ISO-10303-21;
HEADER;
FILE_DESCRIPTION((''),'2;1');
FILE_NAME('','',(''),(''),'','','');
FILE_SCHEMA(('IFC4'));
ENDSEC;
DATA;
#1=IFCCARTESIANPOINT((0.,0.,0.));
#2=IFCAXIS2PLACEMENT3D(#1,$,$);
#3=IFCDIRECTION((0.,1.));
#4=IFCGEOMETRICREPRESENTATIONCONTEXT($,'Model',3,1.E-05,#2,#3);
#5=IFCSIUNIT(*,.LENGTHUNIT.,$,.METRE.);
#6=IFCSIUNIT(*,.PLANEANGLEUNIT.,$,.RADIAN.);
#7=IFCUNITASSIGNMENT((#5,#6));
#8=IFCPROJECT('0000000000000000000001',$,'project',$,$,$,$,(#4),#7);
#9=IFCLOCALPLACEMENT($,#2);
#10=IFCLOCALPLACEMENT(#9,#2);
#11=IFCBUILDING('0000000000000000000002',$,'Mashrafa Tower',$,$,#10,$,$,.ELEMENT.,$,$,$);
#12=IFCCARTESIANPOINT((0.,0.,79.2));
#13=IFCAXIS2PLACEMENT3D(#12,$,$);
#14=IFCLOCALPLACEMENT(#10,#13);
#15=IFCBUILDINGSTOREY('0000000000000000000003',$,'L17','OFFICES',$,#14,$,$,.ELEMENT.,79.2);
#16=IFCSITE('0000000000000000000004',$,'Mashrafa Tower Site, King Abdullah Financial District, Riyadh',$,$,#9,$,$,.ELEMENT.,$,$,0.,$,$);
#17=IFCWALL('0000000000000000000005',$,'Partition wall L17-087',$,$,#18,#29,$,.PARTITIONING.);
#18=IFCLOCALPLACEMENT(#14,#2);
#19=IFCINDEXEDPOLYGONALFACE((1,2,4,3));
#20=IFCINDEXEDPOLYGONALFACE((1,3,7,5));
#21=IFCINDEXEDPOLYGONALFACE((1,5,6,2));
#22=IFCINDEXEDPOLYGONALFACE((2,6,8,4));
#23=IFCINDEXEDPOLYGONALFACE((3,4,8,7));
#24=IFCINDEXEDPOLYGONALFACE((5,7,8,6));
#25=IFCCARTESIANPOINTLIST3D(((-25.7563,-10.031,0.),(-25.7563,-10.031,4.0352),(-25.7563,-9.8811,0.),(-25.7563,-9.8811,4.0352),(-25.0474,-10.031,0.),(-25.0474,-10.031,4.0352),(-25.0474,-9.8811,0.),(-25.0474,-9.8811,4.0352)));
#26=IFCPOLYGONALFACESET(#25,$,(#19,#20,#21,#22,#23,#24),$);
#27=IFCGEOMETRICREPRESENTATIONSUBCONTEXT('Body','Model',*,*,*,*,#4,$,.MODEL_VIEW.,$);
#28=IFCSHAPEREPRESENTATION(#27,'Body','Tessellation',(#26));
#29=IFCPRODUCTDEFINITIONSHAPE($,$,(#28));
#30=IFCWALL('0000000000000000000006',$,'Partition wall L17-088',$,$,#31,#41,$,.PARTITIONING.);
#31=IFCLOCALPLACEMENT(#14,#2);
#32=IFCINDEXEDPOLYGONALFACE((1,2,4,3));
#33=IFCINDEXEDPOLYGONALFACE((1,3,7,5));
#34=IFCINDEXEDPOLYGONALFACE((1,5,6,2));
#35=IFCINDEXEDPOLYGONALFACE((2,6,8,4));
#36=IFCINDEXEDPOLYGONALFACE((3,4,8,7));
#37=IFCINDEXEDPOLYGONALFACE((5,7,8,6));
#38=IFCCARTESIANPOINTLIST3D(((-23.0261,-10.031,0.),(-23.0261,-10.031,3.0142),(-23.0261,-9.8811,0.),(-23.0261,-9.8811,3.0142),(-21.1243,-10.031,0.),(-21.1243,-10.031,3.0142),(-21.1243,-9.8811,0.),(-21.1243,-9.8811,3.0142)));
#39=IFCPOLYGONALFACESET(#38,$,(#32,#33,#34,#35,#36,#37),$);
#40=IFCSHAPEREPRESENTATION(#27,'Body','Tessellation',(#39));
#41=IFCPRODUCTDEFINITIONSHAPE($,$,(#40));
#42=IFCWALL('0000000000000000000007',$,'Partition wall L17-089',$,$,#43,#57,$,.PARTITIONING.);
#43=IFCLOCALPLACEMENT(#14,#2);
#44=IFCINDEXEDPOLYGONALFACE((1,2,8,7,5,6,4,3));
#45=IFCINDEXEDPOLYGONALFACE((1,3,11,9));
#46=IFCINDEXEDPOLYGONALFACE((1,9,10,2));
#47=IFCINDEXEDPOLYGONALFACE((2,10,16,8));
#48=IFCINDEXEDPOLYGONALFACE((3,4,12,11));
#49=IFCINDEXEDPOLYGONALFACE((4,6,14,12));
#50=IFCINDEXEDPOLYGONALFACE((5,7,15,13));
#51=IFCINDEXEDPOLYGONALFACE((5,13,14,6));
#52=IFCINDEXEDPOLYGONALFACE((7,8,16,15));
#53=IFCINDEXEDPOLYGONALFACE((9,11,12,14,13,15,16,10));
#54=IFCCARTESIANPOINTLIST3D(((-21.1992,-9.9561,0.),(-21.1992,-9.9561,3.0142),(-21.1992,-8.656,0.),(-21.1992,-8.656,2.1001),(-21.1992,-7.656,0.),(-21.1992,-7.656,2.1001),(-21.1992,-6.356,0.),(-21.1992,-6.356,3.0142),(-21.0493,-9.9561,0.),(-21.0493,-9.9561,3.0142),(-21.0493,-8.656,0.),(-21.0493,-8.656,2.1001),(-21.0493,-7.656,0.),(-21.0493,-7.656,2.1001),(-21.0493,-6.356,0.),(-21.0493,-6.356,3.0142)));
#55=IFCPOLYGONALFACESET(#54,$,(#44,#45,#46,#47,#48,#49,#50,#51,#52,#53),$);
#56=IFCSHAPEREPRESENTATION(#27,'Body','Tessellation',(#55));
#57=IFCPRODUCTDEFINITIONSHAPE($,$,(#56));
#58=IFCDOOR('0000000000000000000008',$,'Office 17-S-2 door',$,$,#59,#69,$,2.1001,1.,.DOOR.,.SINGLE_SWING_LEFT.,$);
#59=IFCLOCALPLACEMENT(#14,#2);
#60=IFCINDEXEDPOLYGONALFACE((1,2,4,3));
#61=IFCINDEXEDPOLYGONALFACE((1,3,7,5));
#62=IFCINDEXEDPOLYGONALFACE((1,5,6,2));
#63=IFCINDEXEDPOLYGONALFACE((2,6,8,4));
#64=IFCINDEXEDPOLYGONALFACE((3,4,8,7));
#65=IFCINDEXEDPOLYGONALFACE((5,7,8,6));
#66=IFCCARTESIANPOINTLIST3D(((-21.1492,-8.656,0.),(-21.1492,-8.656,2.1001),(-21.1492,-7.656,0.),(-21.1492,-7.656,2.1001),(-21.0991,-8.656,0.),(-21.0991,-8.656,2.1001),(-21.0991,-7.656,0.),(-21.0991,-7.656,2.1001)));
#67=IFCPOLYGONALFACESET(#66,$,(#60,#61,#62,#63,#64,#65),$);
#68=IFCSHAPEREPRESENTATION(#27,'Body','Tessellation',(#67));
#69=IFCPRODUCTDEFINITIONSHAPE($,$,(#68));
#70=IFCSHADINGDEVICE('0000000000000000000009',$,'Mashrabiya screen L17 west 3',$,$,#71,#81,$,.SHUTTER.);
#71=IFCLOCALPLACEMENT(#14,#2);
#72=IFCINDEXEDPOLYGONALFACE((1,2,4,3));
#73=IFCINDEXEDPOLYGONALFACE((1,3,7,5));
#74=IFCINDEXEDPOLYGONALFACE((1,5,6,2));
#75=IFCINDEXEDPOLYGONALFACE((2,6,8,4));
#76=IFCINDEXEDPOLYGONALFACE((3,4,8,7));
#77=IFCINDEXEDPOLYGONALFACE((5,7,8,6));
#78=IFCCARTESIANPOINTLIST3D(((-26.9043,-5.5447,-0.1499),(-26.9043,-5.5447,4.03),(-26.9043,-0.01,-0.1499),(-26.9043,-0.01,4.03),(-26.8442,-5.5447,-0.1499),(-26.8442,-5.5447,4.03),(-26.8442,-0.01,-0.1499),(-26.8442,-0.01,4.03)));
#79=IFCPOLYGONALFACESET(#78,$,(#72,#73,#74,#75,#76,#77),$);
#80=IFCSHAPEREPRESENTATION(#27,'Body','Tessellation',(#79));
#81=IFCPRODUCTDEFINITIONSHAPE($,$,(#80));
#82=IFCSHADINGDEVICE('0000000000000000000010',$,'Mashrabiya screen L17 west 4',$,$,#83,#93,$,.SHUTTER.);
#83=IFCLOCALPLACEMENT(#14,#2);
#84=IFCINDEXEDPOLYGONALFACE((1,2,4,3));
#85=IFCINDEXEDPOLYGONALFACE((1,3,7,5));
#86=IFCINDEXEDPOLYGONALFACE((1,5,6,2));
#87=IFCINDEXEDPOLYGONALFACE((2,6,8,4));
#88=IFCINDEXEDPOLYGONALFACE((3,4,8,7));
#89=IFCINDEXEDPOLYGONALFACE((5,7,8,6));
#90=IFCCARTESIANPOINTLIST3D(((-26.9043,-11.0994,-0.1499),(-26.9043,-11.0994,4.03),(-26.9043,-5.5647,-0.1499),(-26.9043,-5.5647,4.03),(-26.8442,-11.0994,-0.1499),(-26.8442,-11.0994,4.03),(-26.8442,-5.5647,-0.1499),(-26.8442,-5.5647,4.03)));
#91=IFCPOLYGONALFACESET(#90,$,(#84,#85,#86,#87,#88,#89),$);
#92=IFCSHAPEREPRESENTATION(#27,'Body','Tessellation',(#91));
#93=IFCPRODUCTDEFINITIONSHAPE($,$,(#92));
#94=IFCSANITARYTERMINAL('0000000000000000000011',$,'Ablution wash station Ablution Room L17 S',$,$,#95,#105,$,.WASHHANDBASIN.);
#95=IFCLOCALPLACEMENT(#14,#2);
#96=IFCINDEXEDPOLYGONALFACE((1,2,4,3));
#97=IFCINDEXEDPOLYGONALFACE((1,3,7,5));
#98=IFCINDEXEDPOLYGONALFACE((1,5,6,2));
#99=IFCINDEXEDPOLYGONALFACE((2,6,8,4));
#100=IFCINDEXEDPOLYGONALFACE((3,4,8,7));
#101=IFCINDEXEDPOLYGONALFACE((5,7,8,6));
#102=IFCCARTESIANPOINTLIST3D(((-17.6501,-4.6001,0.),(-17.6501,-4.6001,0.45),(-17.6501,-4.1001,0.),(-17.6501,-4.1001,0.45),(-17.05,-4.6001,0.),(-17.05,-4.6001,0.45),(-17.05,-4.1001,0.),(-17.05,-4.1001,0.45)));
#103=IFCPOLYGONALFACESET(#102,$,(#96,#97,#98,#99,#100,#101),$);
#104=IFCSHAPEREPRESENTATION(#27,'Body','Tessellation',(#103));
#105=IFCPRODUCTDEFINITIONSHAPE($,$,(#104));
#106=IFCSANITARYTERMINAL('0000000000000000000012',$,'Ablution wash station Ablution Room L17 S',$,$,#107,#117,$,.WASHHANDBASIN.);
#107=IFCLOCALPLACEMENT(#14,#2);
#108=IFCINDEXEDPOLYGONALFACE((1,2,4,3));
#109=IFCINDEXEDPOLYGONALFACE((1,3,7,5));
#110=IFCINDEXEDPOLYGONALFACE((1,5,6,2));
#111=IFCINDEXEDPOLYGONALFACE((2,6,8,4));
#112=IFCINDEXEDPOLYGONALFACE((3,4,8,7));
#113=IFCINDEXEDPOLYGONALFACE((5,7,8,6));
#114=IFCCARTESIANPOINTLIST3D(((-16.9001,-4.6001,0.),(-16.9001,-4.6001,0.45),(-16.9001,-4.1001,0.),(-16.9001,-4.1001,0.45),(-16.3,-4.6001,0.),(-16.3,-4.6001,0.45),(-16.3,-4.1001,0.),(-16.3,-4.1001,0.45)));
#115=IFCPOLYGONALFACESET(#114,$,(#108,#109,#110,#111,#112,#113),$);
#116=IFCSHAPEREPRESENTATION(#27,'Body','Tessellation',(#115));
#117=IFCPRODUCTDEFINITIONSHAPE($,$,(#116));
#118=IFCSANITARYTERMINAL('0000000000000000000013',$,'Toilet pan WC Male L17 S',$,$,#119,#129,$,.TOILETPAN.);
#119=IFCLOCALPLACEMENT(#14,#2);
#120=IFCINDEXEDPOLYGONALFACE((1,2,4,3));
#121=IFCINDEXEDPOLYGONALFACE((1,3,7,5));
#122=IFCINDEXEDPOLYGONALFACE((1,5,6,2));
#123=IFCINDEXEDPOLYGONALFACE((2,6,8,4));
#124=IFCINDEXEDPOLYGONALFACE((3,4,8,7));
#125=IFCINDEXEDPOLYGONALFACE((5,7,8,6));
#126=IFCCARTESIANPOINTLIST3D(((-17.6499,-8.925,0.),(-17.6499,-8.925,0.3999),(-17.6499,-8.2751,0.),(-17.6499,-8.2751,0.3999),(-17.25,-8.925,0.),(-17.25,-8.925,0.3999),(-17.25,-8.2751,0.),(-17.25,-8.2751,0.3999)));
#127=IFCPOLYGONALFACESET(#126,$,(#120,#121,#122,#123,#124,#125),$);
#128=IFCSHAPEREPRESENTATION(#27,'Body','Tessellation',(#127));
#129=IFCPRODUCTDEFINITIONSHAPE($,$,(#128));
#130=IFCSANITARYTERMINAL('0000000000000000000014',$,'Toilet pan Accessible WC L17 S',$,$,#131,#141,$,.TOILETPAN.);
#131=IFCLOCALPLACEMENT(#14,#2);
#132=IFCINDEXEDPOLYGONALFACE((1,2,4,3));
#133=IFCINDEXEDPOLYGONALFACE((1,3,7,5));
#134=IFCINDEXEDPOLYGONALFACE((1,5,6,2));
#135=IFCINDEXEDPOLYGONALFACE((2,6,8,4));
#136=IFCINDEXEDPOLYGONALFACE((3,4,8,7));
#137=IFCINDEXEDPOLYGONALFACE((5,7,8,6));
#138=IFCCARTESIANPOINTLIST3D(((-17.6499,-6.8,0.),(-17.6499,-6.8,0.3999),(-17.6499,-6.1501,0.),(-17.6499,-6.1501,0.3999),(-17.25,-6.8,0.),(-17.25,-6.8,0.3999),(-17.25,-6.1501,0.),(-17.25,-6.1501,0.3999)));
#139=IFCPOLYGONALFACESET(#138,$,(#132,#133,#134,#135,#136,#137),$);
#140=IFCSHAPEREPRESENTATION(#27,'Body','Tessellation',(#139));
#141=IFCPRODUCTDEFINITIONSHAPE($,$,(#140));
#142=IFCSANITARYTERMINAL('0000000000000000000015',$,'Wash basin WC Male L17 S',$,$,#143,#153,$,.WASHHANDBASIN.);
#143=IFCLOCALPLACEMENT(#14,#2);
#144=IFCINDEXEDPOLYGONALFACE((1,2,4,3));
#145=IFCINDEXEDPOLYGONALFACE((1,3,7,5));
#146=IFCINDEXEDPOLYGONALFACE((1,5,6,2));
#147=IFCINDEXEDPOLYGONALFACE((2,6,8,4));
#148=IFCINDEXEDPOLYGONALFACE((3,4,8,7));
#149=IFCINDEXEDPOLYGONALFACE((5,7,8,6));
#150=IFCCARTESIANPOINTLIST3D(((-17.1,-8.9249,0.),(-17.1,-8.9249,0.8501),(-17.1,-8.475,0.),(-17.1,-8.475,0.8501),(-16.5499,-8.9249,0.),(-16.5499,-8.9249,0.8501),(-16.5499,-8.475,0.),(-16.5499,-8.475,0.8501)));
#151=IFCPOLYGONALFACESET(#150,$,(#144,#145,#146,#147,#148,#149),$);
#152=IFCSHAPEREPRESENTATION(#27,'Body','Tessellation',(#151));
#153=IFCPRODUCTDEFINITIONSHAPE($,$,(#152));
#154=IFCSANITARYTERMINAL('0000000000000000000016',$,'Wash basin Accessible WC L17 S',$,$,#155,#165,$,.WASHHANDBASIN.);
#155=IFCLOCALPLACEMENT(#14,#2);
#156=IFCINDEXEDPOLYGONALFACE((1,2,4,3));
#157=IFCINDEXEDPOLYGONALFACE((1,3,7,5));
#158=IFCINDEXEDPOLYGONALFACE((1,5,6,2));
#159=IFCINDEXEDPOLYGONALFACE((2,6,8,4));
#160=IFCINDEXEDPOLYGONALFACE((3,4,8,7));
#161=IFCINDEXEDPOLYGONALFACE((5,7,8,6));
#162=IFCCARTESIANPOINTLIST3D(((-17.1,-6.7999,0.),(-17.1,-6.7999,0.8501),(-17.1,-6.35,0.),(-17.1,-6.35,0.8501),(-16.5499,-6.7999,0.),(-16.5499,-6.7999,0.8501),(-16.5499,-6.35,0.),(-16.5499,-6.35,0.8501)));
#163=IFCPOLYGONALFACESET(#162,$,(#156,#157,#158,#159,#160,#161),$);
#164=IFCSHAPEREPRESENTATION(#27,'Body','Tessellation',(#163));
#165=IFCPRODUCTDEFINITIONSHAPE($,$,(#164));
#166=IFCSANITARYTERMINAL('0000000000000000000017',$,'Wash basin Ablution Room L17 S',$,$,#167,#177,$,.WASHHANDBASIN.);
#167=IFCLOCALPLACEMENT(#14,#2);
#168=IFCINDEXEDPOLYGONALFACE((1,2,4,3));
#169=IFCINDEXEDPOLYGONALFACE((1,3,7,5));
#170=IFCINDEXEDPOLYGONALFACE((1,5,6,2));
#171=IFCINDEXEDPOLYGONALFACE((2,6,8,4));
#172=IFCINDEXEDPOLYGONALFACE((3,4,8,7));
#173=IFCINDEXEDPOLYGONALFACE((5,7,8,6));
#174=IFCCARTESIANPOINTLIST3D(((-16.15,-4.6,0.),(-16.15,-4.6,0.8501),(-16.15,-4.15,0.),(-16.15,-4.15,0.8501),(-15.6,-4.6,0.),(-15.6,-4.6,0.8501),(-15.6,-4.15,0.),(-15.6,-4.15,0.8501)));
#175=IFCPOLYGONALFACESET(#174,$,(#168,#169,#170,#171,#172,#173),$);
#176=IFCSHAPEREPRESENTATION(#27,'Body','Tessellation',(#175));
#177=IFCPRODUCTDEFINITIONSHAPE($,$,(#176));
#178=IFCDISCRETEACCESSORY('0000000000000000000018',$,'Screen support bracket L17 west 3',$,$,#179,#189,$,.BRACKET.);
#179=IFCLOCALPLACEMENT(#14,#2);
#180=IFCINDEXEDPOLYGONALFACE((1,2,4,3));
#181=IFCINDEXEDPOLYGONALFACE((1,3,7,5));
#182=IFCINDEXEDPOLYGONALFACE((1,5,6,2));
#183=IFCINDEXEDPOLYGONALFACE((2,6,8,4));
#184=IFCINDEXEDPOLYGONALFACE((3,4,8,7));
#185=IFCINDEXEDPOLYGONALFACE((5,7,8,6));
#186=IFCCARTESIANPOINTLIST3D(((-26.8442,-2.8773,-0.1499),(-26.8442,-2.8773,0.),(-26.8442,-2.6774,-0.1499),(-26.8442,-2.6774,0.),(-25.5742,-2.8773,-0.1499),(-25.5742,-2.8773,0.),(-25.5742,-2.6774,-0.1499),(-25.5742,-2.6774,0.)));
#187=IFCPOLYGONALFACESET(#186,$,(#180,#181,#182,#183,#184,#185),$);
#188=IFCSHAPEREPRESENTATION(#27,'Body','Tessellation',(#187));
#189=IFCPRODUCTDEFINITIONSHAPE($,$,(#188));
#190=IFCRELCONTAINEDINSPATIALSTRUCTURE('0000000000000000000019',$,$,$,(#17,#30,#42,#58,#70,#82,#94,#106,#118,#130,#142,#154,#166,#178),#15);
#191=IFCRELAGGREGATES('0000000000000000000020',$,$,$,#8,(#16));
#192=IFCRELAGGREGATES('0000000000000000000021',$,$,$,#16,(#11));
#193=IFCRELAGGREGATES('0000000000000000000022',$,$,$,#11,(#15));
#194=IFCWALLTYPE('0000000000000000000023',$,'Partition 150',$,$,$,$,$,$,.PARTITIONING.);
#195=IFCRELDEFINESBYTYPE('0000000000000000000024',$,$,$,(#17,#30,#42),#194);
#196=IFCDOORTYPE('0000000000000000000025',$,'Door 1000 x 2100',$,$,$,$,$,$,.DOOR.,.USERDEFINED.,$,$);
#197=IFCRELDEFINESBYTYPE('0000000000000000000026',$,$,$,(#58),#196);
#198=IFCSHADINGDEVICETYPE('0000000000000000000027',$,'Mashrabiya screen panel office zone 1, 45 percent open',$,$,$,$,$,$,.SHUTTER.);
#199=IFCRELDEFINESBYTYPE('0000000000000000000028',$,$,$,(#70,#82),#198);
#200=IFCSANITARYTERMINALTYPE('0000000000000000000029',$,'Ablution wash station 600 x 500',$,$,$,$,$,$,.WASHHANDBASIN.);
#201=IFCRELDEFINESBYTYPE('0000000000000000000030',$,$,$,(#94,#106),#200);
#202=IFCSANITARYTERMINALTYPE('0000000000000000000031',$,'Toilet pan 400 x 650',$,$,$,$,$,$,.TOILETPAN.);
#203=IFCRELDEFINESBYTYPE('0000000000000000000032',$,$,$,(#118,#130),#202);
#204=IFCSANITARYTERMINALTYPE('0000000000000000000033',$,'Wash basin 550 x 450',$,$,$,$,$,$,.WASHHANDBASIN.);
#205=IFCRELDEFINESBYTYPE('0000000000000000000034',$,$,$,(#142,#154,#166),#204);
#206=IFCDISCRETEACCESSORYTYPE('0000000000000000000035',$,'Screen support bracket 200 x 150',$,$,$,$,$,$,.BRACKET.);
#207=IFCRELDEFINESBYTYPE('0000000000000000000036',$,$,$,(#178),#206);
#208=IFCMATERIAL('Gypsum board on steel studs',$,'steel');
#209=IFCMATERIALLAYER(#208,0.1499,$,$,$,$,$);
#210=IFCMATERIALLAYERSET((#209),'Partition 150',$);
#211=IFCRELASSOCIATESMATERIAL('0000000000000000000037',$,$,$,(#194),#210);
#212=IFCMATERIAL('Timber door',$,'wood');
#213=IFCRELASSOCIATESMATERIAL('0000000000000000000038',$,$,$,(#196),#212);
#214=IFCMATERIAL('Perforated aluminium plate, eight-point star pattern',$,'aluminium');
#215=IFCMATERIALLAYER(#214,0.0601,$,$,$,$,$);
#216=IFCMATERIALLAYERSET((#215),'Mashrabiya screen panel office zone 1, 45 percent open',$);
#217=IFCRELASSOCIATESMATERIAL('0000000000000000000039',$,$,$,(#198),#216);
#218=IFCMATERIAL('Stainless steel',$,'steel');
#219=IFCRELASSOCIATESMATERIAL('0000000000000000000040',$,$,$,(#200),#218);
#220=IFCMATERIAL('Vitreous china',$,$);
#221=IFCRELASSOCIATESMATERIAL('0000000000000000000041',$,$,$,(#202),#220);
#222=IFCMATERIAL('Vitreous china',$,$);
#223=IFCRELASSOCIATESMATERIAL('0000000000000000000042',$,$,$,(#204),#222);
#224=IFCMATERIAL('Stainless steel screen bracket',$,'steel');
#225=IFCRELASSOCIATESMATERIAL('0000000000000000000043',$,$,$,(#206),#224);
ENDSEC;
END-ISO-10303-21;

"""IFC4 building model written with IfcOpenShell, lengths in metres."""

from ifc_helpers import new_model, si_unit, direction, frame, frame_2d, origin, origin_2d, place, context, subcontext, project, spatial, rectangle, extrude, source, transform, mapped, material, layer, layer_set, type_object, type_shapes, element, fill, save


model = new_model("IFC4")

# Units and contexts
model_context = context("Model", 3, precision=1e-05, world=origin(), true_north=direction((0.0, 1.0)))
body_context = subcontext(model_context, "Body", "Model", "MODEL_VIEW")
ifc_project = project(units=[si_unit("LENGTHUNIT", "METRE"), si_unit("PLANEANGLEUNIT", "RADIAN")], contexts=[model_context])

# Site, building, storey
site_placement = place(None, origin())
site = spatial("IfcSite", under=ifc_project, at=site_placement, Name="Mashrafa Tower Site, King Abdullah Financial District, Riyadh", CompositionType="ELEMENT", RefElevation=0.0)
building_placement = place(site_placement, origin())
building = spatial("IfcBuilding", under=site, at=building_placement, Name="Mashrafa Tower", CompositionType="ELEMENT")
storey_placement = place(building_placement, frame((0.0, 0.0, 79.2)))
storey = spatial("IfcBuildingStorey", under=building, at=storey_placement, Name="L17", Description="OFFICES", CompositionType="ELEMENT", Elevation=79.2)

# Shared definitions
ifc_material_1 = material(Name="Gypsum board on steel studs", Category="steel")
ifc_layer_1 = layer(ifc_material_1, 0.1499)
ifc_layer_set_1 = layer_set([ifc_layer_1], Name="Partition 150")
wall_type = type_object("IfcWallType", Name="Partition 150", PredefinedType="PARTITIONING", material=ifc_layer_set_1)

# Shared definitions
ifc_material_2 = material(Name="Timber door", Category="wood")
door_type = type_object("IfcDoorType", Name="Door 1000 x 2100", OperationType="USERDEFINED", PredefinedType="DOOR", material=ifc_material_2)

# Walls
wall_1_placement = place(storey_placement, frame((-25.7563, -9.9561, 0.0), z_axis=(0.0, 0.0, 1.0), x_axis=(1.0, 0.0, 0.0)))
element("IfcWall", 1, at=wall_1_placement, inside=storey, type_object=wall_type, Name="Partition wall L17-087", PredefinedType="PARTITIONING", context=body_context, shape_type="SweptSolid", body=[
    extrude(rectangle(XDim=0.709, YDim=0.1499, at=frame_2d((0.3545, 0.0))), origin(), (0.0, 0.0, 1.0), 4.0352),
])
wall_2_placement = place(storey_placement, frame((-23.0261, -9.9561, 0.0), z_axis=(0.0, 0.0, 1.0), x_axis=(1.0, 0.0, 0.0)))
element("IfcWall", 2, at=wall_2_placement, inside=storey, type_object=wall_type, Name="Partition wall L17-088", PredefinedType="PARTITIONING", context=body_context, shape_type="SweptSolid", body=[
    extrude(rectangle(XDim=1.9019, YDim=0.1499, at=frame_2d((0.9509, 0.0))), origin(), (0.0, 0.0, 1.0), 3.0142),
])

# Wall, opening, door
wall_3_placement = place(storey_placement, frame((-21.1243, -9.9561, 0.0), z_axis=(0.0, 0.0, 1.0), x_axis=(0.0, 1.0, 0.0)))
wall_3 = element("IfcWall", 3, at=wall_3_placement, inside=storey, type_object=wall_type, Name="Partition wall L17-089", PredefinedType="PARTITIONING", context=body_context, shape_type="SweptSolid", body=[
    extrude(rectangle(XDim=3.6001, YDim=0.1499, at=frame_2d((1.8, 0.0))), origin(), (0.0, 0.0, 1.0), 3.0142),
])
opening_1_placement = place(wall_3_placement, frame((1.3, 0.0, 0.0)))
opening_1 = element("IfcOpeningElement", 4, at=opening_1_placement, cuts=wall_3, PredefinedType="OPENING", context=body_context, shape_type="SweptSolid", body=[
    extrude(rectangle(XDim=1.0, YDim=2.1001, at=frame_2d((0.5, 1.05))), frame((0.0, 0.085, 0.0), z_axis=(0.0, -1.0, 0.0), x_axis=(1.0, 0.0, 0.0)), (0.0, 0.0, 1.0), 0.1699),
])
door_1_placement = place(opening_1_placement, origin())
door_1 = element("IfcDoor", 5, at=door_1_placement, inside=storey, type_object=door_type, Name="Office 17-S-2 door", OperationType="SINGLE_SWING_LEFT", OverallHeight=2.1001, OverallWidth=1.0, PredefinedType="DOOR", context=body_context, shape_type="SweptSolid", body=[
    extrude(rectangle(XDim=1.0, YDim=2.1001, at=frame_2d((0.5, 1.05))), frame((0.0, 0.0249, 0.0), z_axis=(0.0, -1.0, 0.0), x_axis=(1.0, 0.0, 0.0)), (0.0, 0.0, 1.0), 0.05),
])
fill(opening_1, door_1)

# Shading devices
ifc_material_3 = material(Name="Perforated aluminium plate, eight-point star pattern", Category="aluminium")
ifc_layer_2 = layer(ifc_material_3, 0.0601)
ifc_layer_set_2 = layer_set([ifc_layer_2], Name="Mashrabiya screen panel office zone 1, 45 percent open")
shading_device_type = type_object("IfcShadingDeviceType", Name="Mashrabiya screen panel office zone 1, 45 percent open", PredefinedType="SHUTTER", material=ifc_layer_set_2)
shared_shape_1 = source(origin(), body_context, "Body", "SweptSolid", [
    extrude(rectangle(XDim=5.5347, YDim=0.0601, at=origin_2d()), origin(), (0.0, 0.0, 1.0), 4.1799),
])
type_shapes(shading_device_type, [shared_shape_1])
for number, where, z_axis, x_axis, name in (
    (6, (-26.8743, -2.7773, -0.1499), (0.0, 0.0, 1.0), (0.0, -1.0, 0.0), "Mashrabiya screen L17 west 3"),
    (7, (-26.8743, -8.332, -0.1499), (0.0, 0.0, 1.0), (0.0, -1.0, 0.0), "Mashrabiya screen L17 west 4"),
):
    element("IfcShadingDevice", number, at=place(storey_placement, frame(where, z_axis=z_axis, x_axis=x_axis)), inside=storey, type_object=shading_device_type, Name=name, PredefinedType="SHUTTER", context=body_context, shape_type="MappedRepresentation", body=[
        mapped(shared_shape_1, transform((0.0, 0.0, 0.0))),
    ])

# Sanitary terminals
ifc_material_4 = material(Name="Stainless steel", Category="steel")
sanitary_terminal_type_1 = type_object("IfcSanitaryTerminalType", Name="Ablution wash station 600 x 500", PredefinedType="WASHHANDBASIN", material=ifc_material_4)
for number, where, z_axis, x_axis, name in (
    (8, (-17.3501, -4.3501, 0.0), (0.0, 0.0, 1.0), (1.0, 0.0, 0.0), "Ablution wash station Ablution Room L17 S"),
    (9, (-16.6001, -4.3501, 0.0), (0.0, 0.0, 1.0), (1.0, 0.0, 0.0), "Ablution wash station Ablution Room L17 S"),
):
    element("IfcSanitaryTerminal", number, at=place(storey_placement, frame(where, z_axis=z_axis, x_axis=x_axis)), inside=storey, type_object=sanitary_terminal_type_1, Name=name, PredefinedType="WASHHANDBASIN", context=body_context, shape_type="SweptSolid", body=[
        extrude(rectangle(XDim=0.6001, YDim=0.5, at=origin_2d()), origin(), (0.0, 0.0, 1.0), 0.45),
    ])
ifc_material_5 = material(Name="Vitreous china")
sanitary_terminal_type_2 = type_object("IfcSanitaryTerminalType", Name="Toilet pan 400 x 650", PredefinedType="TOILETPAN", material=ifc_material_5)
for number, where, z_axis, x_axis, name in (
    (10, (-17.45, -8.6001, 0.0), (0.0, 0.0, 1.0), (1.0, 0.0, 0.0), "Toilet pan WC Male L17 S"),
    (11, (-17.45, -6.4751, 0.0), (0.0, 0.0, 1.0), (1.0, 0.0, 0.0), "Toilet pan Accessible WC L17 S"),
):
    element("IfcSanitaryTerminal", number, at=place(storey_placement, frame(where, z_axis=z_axis, x_axis=x_axis)), inside=storey, type_object=sanitary_terminal_type_2, Name=name, PredefinedType="TOILETPAN", context=body_context, shape_type="SweptSolid", body=[
        extrude(rectangle(XDim=0.3999, YDim=0.6499, at=origin_2d()), origin(), (0.0, 0.0, 1.0), 0.3999),
    ])
ifc_material_6 = material(Name="Vitreous china")
sanitary_terminal_type_3 = type_object("IfcSanitaryTerminalType", Name="Wash basin 550 x 450", PredefinedType="WASHHANDBASIN", material=ifc_material_6)
for number, where, z_axis, x_axis, name in (
    (12, (-16.825, -8.7, 0.0), (0.0, 0.0, 1.0), (1.0, 0.0, 0.0), "Wash basin WC Male L17 S"),
    (13, (-16.825, -6.575, 0.0), (0.0, 0.0, 1.0), (1.0, 0.0, 0.0), "Wash basin Accessible WC L17 S"),
    (14, (-15.875, -4.375, 0.0), (0.0, 0.0, 1.0), (1.0, 0.0, 0.0), "Wash basin Ablution Room L17 S"),
):
    element("IfcSanitaryTerminal", number, at=place(storey_placement, frame(where, z_axis=z_axis, x_axis=x_axis)), inside=storey, type_object=sanitary_terminal_type_3, Name=name, PredefinedType="WASHHANDBASIN", context=body_context, shape_type="SweptSolid", body=[
        extrude(rectangle(XDim=0.55, YDim=0.45, at=origin_2d()), origin(), (0.0, 0.0, 1.0), 0.8501),
    ])

# Discrete accessory
ifc_material_7 = material(Name="Stainless steel screen bracket", Category="steel")
discrete_accessory_type = type_object("IfcDiscreteAccessoryType", Name="Screen support bracket 200 x 150", PredefinedType="BRACKET", material=ifc_material_7)
shared_shape_2 = source(origin(), body_context, "Body", "SweptSolid", [
    extrude(rectangle(XDim=0.2, YDim=1.27, at=origin_2d()), origin(), (0.0, 0.0, 1.0), 0.1499),
])
type_shapes(discrete_accessory_type, [shared_shape_2])
for number, where, z_axis, x_axis, name in (
    (15, (-26.2092, -2.7773, -0.1499), (0.0, 0.0, 1.0), (0.0, -1.0, 0.0), "Screen support bracket L17 west 3"),
):
    element("IfcDiscreteAccessory", number, at=place(storey_placement, frame(where, z_axis=z_axis, x_axis=x_axis)), inside=storey, type_object=discrete_accessory_type, Name=name, PredefinedType="BRACKET", context=body_context, shape_type="MappedRepresentation", body=[
        mapped(shared_shape_2, transform((0.0, 0.0, 0.0))),
    ])

save(model, "model.ifc")
